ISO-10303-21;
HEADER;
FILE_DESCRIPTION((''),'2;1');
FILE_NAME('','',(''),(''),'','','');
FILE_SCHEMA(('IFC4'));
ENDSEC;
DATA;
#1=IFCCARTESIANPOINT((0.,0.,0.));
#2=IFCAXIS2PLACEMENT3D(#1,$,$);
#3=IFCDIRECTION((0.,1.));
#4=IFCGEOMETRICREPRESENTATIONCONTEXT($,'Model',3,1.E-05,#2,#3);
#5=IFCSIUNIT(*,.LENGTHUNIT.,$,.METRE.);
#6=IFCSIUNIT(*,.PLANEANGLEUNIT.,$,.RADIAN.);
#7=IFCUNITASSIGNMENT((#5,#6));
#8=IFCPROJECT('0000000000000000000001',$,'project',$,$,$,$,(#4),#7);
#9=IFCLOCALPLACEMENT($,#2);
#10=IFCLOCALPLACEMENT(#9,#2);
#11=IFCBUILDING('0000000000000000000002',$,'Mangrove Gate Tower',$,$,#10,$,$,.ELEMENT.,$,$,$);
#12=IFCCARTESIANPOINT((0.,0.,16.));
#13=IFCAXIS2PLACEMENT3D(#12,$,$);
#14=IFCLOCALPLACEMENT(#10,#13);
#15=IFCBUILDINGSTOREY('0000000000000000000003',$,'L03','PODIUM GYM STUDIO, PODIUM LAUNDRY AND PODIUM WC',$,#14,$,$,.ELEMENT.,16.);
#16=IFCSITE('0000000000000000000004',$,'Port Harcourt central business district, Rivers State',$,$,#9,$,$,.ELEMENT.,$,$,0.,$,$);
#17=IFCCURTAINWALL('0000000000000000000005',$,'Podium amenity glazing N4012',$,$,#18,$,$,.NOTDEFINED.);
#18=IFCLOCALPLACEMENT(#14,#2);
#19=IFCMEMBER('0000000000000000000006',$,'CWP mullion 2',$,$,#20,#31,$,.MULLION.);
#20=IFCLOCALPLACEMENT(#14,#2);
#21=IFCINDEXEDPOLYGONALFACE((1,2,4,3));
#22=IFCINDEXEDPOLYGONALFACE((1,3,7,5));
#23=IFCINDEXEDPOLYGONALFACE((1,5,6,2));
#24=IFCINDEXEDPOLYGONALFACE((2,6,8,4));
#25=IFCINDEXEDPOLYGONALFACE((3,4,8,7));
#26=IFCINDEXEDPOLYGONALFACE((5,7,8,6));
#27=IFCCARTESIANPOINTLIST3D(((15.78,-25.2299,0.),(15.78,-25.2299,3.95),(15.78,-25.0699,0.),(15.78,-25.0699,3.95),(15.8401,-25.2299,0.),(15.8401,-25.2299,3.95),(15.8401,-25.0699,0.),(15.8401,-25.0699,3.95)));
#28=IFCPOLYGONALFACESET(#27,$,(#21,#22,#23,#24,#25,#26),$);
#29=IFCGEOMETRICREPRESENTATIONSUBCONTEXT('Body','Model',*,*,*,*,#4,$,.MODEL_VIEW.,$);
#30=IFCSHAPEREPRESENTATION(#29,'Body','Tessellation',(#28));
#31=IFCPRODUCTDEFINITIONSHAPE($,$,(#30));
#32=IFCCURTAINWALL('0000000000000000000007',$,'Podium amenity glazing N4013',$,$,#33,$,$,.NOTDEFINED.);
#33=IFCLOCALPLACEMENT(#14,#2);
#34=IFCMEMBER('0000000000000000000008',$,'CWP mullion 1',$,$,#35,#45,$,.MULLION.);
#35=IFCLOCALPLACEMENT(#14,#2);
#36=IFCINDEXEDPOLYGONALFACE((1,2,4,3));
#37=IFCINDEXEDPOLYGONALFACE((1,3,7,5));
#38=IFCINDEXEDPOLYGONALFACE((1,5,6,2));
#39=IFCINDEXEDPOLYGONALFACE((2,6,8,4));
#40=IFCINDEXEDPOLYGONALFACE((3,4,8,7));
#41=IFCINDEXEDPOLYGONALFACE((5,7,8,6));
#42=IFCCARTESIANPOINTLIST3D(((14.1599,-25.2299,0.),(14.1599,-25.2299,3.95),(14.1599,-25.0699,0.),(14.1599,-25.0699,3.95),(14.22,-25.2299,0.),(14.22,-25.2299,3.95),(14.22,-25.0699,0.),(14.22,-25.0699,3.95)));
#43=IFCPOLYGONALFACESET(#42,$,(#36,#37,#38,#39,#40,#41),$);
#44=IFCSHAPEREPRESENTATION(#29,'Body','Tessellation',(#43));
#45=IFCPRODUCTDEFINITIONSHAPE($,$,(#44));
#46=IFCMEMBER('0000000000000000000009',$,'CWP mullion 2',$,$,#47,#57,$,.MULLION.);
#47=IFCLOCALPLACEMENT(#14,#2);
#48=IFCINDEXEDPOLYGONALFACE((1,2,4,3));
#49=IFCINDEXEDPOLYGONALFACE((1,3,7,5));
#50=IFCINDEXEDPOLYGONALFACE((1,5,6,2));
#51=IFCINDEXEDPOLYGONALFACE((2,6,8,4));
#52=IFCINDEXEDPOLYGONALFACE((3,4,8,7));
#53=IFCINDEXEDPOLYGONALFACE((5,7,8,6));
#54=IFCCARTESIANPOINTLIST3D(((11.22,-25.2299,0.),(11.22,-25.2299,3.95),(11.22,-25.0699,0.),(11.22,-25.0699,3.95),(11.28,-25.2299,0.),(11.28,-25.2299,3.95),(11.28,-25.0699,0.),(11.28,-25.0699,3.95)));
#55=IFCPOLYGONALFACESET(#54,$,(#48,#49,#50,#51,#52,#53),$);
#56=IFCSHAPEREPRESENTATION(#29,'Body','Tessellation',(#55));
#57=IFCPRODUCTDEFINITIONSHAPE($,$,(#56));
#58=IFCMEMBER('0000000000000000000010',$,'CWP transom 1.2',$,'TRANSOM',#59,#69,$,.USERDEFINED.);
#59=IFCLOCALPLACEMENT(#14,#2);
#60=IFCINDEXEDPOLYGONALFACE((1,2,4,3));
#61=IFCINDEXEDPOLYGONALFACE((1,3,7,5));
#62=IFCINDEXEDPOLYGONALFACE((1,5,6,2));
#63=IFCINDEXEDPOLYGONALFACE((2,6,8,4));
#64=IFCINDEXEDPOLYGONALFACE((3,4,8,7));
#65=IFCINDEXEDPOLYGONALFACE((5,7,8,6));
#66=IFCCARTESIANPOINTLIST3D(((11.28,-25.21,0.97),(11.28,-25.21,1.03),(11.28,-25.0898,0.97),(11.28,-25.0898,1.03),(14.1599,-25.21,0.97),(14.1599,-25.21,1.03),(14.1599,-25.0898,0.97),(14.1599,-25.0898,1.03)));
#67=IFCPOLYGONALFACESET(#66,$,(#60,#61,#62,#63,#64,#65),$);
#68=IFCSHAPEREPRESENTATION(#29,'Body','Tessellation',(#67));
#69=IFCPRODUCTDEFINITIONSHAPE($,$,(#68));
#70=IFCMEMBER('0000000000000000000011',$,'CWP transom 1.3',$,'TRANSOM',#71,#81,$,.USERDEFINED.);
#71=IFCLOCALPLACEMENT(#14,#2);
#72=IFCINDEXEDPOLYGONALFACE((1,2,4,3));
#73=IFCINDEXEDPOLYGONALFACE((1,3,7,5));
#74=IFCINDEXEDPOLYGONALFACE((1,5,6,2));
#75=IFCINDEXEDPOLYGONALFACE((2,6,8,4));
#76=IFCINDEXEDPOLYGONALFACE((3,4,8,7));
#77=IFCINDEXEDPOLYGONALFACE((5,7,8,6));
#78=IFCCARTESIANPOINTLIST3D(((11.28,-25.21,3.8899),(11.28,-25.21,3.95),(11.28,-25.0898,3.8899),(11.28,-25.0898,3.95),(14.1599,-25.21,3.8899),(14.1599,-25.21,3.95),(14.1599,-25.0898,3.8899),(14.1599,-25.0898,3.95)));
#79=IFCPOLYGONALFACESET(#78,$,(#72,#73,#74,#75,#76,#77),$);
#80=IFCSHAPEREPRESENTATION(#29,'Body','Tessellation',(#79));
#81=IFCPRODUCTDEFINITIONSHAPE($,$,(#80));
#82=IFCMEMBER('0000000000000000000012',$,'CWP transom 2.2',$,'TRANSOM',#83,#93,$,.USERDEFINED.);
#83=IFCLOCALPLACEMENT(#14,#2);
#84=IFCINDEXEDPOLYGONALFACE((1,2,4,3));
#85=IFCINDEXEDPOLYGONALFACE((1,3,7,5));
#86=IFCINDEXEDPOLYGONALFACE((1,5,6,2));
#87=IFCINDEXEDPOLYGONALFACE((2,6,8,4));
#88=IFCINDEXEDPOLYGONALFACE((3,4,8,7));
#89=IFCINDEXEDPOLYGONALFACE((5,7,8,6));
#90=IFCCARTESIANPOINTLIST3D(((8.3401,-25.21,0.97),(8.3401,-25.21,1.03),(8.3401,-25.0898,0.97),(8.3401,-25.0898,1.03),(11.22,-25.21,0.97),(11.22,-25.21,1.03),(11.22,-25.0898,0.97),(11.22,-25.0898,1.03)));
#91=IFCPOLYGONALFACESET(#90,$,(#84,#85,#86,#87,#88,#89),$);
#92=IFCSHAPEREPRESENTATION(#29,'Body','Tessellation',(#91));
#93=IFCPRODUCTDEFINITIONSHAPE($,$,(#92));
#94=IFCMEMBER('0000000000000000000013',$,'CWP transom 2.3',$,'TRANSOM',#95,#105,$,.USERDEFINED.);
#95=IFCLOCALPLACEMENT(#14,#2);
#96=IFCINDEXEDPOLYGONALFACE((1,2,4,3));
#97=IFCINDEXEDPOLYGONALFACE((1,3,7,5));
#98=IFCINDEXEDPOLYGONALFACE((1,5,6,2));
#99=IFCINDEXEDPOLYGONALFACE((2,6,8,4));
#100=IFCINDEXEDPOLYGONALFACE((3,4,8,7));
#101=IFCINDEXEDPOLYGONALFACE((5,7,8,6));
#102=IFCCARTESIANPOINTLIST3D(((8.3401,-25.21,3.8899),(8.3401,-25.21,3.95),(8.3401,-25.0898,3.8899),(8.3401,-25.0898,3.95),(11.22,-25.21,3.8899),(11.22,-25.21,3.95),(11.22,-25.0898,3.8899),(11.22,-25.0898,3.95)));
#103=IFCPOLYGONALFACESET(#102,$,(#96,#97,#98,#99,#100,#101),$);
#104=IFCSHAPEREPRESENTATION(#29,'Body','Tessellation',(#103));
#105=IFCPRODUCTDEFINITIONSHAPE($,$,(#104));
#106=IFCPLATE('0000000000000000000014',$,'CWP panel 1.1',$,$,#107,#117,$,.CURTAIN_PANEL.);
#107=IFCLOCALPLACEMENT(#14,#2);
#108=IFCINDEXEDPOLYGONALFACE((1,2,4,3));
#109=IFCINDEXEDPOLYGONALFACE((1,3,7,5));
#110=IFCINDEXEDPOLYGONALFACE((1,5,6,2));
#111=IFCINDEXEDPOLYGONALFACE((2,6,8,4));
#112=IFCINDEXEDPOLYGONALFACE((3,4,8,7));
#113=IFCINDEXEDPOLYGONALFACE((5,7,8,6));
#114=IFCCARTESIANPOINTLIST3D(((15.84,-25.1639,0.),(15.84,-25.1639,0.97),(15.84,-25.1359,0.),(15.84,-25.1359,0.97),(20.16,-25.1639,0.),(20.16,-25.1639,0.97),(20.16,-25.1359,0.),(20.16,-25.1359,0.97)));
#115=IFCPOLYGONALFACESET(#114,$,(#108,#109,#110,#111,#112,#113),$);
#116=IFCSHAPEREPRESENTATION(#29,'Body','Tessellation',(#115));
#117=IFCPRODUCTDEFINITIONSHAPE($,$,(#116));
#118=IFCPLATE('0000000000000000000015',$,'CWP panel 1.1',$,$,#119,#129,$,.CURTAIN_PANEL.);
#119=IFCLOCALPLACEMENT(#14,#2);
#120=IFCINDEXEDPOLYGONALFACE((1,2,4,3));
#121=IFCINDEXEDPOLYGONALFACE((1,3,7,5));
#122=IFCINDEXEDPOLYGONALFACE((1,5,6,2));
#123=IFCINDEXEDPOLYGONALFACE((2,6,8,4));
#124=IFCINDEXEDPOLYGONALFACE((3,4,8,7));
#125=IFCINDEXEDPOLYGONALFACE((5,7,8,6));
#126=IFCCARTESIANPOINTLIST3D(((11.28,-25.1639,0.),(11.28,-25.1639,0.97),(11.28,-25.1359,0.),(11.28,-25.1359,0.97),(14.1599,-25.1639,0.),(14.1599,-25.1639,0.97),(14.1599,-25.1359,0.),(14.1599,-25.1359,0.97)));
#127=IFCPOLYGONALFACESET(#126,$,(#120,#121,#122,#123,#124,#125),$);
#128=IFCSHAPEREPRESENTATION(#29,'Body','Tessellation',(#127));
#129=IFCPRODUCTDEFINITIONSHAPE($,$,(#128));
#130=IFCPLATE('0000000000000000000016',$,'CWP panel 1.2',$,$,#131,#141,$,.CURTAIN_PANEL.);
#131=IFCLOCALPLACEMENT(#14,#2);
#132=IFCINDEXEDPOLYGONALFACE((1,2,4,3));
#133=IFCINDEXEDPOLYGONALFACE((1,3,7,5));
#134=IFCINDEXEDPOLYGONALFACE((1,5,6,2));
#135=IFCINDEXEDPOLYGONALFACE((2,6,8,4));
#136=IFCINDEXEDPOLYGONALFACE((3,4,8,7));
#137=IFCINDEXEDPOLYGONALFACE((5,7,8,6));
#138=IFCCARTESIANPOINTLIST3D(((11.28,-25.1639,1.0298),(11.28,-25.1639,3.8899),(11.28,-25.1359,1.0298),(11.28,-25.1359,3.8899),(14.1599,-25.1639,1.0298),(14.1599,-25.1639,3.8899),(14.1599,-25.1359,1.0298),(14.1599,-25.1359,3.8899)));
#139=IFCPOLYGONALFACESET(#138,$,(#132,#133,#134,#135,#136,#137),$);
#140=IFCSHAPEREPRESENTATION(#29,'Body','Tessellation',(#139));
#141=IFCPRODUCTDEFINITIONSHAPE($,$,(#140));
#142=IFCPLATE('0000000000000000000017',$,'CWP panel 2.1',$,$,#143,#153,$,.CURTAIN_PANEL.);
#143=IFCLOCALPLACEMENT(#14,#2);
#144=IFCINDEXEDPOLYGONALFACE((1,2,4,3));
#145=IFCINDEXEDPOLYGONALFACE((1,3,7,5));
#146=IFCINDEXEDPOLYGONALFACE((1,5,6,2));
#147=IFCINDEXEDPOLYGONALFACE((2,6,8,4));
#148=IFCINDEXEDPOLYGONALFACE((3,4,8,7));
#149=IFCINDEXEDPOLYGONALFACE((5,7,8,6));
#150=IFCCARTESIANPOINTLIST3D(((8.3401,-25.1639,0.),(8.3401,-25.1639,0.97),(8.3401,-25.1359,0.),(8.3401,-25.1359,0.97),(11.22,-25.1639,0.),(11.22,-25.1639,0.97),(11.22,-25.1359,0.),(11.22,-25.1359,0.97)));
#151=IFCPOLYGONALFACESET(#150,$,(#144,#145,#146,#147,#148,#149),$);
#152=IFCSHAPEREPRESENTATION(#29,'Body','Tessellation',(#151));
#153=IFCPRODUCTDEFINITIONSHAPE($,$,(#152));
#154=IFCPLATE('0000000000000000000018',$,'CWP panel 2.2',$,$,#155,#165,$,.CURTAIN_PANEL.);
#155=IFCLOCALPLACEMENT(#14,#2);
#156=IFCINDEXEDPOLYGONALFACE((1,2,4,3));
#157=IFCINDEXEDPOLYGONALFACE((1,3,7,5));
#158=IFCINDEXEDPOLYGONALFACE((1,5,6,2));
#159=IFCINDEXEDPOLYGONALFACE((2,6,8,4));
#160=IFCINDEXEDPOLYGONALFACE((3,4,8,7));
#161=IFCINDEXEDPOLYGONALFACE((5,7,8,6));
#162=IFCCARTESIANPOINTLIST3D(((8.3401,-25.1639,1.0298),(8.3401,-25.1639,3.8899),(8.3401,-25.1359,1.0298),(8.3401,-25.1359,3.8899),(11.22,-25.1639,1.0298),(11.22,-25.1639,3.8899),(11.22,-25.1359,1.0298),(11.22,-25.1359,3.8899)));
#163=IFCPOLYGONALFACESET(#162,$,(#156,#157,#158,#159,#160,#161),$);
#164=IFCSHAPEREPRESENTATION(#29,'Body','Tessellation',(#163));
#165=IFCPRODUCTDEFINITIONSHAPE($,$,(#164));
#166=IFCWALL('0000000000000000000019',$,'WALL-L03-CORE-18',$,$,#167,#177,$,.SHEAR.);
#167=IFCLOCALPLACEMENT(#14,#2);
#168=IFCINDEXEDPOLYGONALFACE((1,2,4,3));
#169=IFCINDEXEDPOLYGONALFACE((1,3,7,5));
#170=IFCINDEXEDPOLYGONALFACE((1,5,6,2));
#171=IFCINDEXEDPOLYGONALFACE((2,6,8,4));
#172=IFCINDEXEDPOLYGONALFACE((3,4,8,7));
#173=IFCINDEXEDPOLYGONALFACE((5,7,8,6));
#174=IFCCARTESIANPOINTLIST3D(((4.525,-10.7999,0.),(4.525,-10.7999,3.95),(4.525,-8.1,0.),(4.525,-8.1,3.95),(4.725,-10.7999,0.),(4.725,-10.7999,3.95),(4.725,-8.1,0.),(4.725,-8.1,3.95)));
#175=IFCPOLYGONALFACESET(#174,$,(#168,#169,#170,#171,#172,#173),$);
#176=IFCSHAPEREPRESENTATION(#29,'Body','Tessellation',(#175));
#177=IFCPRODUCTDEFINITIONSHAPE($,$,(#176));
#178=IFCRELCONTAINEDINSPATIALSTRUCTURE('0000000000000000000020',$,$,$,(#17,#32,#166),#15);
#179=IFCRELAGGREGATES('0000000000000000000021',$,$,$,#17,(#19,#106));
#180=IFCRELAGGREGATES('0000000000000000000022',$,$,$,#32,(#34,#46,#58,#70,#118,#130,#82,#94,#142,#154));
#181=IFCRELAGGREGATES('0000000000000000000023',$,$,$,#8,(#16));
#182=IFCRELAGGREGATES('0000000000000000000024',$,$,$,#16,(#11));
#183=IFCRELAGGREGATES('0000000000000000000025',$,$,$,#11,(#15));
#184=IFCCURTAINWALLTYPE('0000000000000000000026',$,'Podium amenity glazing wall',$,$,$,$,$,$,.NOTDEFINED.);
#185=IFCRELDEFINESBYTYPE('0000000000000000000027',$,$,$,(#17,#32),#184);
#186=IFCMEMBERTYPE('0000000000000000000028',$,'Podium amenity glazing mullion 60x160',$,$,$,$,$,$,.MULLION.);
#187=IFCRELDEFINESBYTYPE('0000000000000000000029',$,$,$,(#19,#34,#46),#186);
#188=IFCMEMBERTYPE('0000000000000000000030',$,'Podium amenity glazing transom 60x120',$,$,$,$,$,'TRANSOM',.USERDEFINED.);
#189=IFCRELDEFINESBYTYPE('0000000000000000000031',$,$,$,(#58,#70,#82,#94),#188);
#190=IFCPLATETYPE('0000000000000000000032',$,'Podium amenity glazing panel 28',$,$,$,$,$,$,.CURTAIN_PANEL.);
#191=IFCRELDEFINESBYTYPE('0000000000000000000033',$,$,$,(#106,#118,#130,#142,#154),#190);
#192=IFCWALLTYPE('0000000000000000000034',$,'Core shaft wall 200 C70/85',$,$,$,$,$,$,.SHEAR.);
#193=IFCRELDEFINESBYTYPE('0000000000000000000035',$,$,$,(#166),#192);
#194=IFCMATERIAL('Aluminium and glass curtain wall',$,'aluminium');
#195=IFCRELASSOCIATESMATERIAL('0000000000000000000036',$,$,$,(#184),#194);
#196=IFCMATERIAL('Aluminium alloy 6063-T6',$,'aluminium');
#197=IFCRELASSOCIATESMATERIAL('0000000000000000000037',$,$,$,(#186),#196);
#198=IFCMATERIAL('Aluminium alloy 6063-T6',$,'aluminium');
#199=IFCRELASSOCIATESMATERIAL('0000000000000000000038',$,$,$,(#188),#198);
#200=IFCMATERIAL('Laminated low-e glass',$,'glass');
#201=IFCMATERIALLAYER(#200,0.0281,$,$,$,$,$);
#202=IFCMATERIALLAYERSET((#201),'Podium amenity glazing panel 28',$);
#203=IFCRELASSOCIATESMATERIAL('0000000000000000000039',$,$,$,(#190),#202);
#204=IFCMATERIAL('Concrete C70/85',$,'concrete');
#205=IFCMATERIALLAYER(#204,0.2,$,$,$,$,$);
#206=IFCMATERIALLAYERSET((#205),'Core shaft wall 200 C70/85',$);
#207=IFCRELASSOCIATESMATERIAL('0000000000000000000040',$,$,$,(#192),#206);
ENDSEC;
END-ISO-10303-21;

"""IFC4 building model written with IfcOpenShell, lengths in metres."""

from ifc_helpers import new_model, si_unit, direction, frame, frame_2d, origin, origin_2d, place, context, subcontext, project, spatial, rectangle, extrude, material, layer, layer_set, material_profile, profile_set, type_object, element, aggregate, save


model = new_model("IFC4")

# Units and contexts
model_context = context("Model", 3, precision=1e-05, world=origin(), true_north=direction((0.0, 1.0)))
body_context = subcontext(model_context, "Body", "Model", "MODEL_VIEW")
ifc_project = project(units=[si_unit("LENGTHUNIT", "METRE"), si_unit("PLANEANGLEUNIT", "RADIAN")], contexts=[model_context])

# Site, building, storey
site_placement = place(None, origin())
site = spatial("IfcSite", under=ifc_project, at=site_placement, Name="Port Harcourt central business district, Rivers State", CompositionType="ELEMENT", RefElevation=0.0)
building_placement = place(site_placement, origin())
building = spatial("IfcBuilding", under=site, at=building_placement, Name="Mangrove Gate Tower", CompositionType="ELEMENT")
storey_placement = place(building_placement, frame((0.0, 0.0, 16.0)))
storey = spatial("IfcBuildingStorey", under=building, at=storey_placement, Name="L03", Description="PODIUM GYM STUDIO, PODIUM LAUNDRY AND PODIUM WC", CompositionType="ELEMENT", Elevation=16.0)

# Curtain wall, member
ifc_material_1 = material(Name="Aluminium and glass curtain wall", Category="aluminium")
curtain_wall_type = type_object("IfcCurtainWallType", Name="Podium amenity glazing wall", PredefinedType="NOTDEFINED", material=ifc_material_1)
curtain_wall_1_placement = place(storey_placement, origin())
curtain_wall_1 = element("IfcCurtainWall", 1, at=curtain_wall_1_placement, inside=storey, type_object=curtain_wall_type, Name="Podium amenity glazing N4012", PredefinedType="NOTDEFINED")
ifc_material_2 = material(Name="Aluminium alloy 6063-T6", Category="aluminium")
ifc_material_profile_1 = material_profile(ifc_material_2, rectangle(XDim=0.0601, YDim=0.1599, at=origin_2d()))
ifc_profile_set_1 = profile_set([ifc_material_profile_1], Name="Aluminium alloy 6063-T6")
member_type_1 = type_object("IfcMemberType", Name="Podium amenity glazing mullion 60x160", PredefinedType="MULLION", material=ifc_profile_set_1)
member_1_placement = place(storey_placement, frame((15.8101, -25.1499, 0.0), z_axis=(0.0, 0.0, 1.0), x_axis=(-1.0, 0.0, 0.0)))
member_1 = element("IfcMember", 2, at=member_1_placement, type_object=member_type_1, Name="CWP mullion 2", PredefinedType="MULLION", context=body_context, shape_type="SweptSolid", body=[
    extrude(rectangle(XDim=0.0601, YDim=0.1599, at=origin_2d()), origin(), (0.0, 0.0, 1.0), 3.95),
])

# Curtain wall, members
curtain_wall_2_placement = place(storey_placement, origin())
curtain_wall_2 = element("IfcCurtainWall", 3, at=curtain_wall_2_placement, inside=storey, type_object=curtain_wall_type, Name="Podium amenity glazing N4013", PredefinedType="NOTDEFINED")
member_2_placement = place(storey_placement, frame((14.1899, -25.1499, 0.0), z_axis=(0.0, 0.0, 1.0), x_axis=(-1.0, 0.0, 0.0)))
member_2 = element("IfcMember", 4, at=member_2_placement, type_object=member_type_1, Name="CWP mullion 1", PredefinedType="MULLION", context=body_context, shape_type="SweptSolid", body=[
    extrude(rectangle(XDim=0.0601, YDim=0.1599, at=origin_2d()), origin(), (0.0, 0.0, 1.0), 3.95),
])
member_3_placement = place(storey_placement, frame((11.25, -25.1499, 0.0), z_axis=(0.0, 0.0, 1.0), x_axis=(-1.0, 0.0, 0.0)))
member_3 = element("IfcMember", 5, at=member_3_placement, type_object=member_type_1, Name="CWP mullion 2", PredefinedType="MULLION", context=body_context, shape_type="SweptSolid", body=[
    extrude(rectangle(XDim=0.0601, YDim=0.1599, at=origin_2d()), origin(), (0.0, 0.0, 1.0), 3.95),
])
ifc_material_3 = material(Name="Aluminium alloy 6063-T6", Category="aluminium")
ifc_material_profile_2 = material_profile(ifc_material_3, rectangle(XDim=0.0601, YDim=0.1201, at=origin_2d()))
ifc_profile_set_2 = profile_set([ifc_material_profile_2], Name="Aluminium alloy 6063-T6")
member_type_2 = type_object("IfcMemberType", Name="Podium amenity glazing transom 60x120", ElementType="TRANSOM", PredefinedType="USERDEFINED", material=ifc_profile_set_2)
member_4_placement = place(storey_placement, frame((14.1599, -25.1499, 1.0), z_axis=(-1.0, 0.0, 0.0), x_axis=(0.0, 0.0, 1.0)))
member_4 = element("IfcMember", 6, at=member_4_placement, type_object=member_type_2, Name="CWP transom 1.2", ObjectType="TRANSOM", PredefinedType="USERDEFINED", context=body_context, shape_type="SweptSolid", body=[
    extrude(rectangle(XDim=0.0601, YDim=0.1201, at=origin_2d()), origin(), (0.0, 0.0, 1.0), 2.8799),
])
member_5_placement = place(storey_placement, frame((14.1599, -25.1499, 3.9199), z_axis=(-1.0, 0.0, 0.0), x_axis=(0.0, 0.0, 1.0)))
member_5 = element("IfcMember", 7, at=member_5_placement, type_object=member_type_2, Name="CWP transom 1.3", ObjectType="TRANSOM", PredefinedType="USERDEFINED", context=body_context, shape_type="SweptSolid", body=[
    extrude(rectangle(XDim=0.0601, YDim=0.1201, at=origin_2d()), origin(), (0.0, 0.0, 1.0), 2.8799),
])
member_6_placement = place(storey_placement, frame((11.22, -25.1499, 1.0), z_axis=(-1.0, 0.0, 0.0), x_axis=(0.0, 0.0, 1.0)))
member_6 = element("IfcMember", 8, at=member_6_placement, type_object=member_type_2, Name="CWP transom 2.2", ObjectType="TRANSOM", PredefinedType="USERDEFINED", context=body_context, shape_type="SweptSolid", body=[
    extrude(rectangle(XDim=0.0601, YDim=0.1201, at=origin_2d()), origin(), (0.0, 0.0, 1.0), 2.8799),
])
member_7_placement = place(storey_placement, frame((11.22, -25.1499, 3.9199), z_axis=(-1.0, 0.0, 0.0), x_axis=(0.0, 0.0, 1.0)))
member_7 = element("IfcMember", 9, at=member_7_placement, type_object=member_type_2, Name="CWP transom 2.3", ObjectType="TRANSOM", PredefinedType="USERDEFINED", context=body_context, shape_type="SweptSolid", body=[
    extrude(rectangle(XDim=0.0601, YDim=0.1201, at=origin_2d()), origin(), (0.0, 0.0, 1.0), 2.8799),
])

# Plates
ifc_material_4 = material(Name="Laminated low-e glass", Category="glass")
ifc_layer_1 = layer(ifc_material_4, 0.0281)
ifc_layer_set_1 = layer_set([ifc_layer_1], Name="Podium amenity glazing panel 28")
plate_type = type_object("IfcPlateType", Name="Podium amenity glazing panel 28", PredefinedType="CURTAIN_PANEL", material=ifc_layer_set_1)
plate_1_placement = place(storey_placement, frame((18.0, -25.1499, 0.0), z_axis=(0.0, 0.0, 1.0), x_axis=(-1.0, 0.0, 0.0)))
plate_1 = element("IfcPlate", 10, at=plate_1_placement, type_object=plate_type, Name="CWP panel 1.1", PredefinedType="CURTAIN_PANEL", context=body_context, shape_type="SweptSolid", body=[
    extrude(rectangle(XDim=4.3201, YDim=0.0281, at=origin_2d()), origin(), (0.0, 0.0, 1.0), 0.97),
])
aggregate(curtain_wall_1, [member_1, plate_1])
plate_2_placement = place(storey_placement, frame((12.72, -25.1499, 0.0), z_axis=(0.0, 0.0, 1.0), x_axis=(-1.0, 0.0, 0.0)))
plate_2 = element("IfcPlate", 11, at=plate_2_placement, type_object=plate_type, Name="CWP panel 1.1", PredefinedType="CURTAIN_PANEL", context=body_context, shape_type="SweptSolid", body=[
    extrude(rectangle(XDim=2.8799, YDim=0.0281, at=origin_2d()), origin(), (0.0, 0.0, 1.0), 0.97),
])
plate_3_placement = place(storey_placement, frame((12.72, -25.1499, 1.0298), z_axis=(0.0, 0.0, 1.0), x_axis=(-1.0, 0.0, 0.0)))
plate_3 = element("IfcPlate", 12, at=plate_3_placement, type_object=plate_type, Name="CWP panel 1.2", PredefinedType="CURTAIN_PANEL", context=body_context, shape_type="SweptSolid", body=[
    extrude(rectangle(XDim=2.8799, YDim=0.0281, at=origin_2d()), origin(), (0.0, 0.0, 1.0), 2.8601),
])
plate_4_placement = place(storey_placement, frame((9.78, -25.1499, 0.0), z_axis=(0.0, 0.0, 1.0), x_axis=(-1.0, 0.0, 0.0)))
plate_4 = element("IfcPlate", 13, at=plate_4_placement, type_object=plate_type, Name="CWP panel 2.1", PredefinedType="CURTAIN_PANEL", context=body_context, shape_type="SweptSolid", body=[
    extrude(rectangle(XDim=2.8799, YDim=0.0281, at=origin_2d()), origin(), (0.0, 0.0, 1.0), 0.97),
])
plate_5_placement = place(storey_placement, frame((9.78, -25.1499, 1.0298), z_axis=(0.0, 0.0, 1.0), x_axis=(-1.0, 0.0, 0.0)))
plate_5 = element("IfcPlate", 14, at=plate_5_placement, type_object=plate_type, Name="CWP panel 2.2", PredefinedType="CURTAIN_PANEL", context=body_context, shape_type="SweptSolid", body=[
    extrude(rectangle(XDim=2.8799, YDim=0.0281, at=origin_2d()), origin(), (0.0, 0.0, 1.0), 2.8601),
])
aggregate(curtain_wall_2, [member_2, member_3, member_4, member_5, plate_2, plate_3, member_6, member_7, plate_4, plate_5])

# Wall
ifc_material_5 = material(Name="Concrete C70/85", Category="concrete")
ifc_layer_2 = layer(ifc_material_5, 0.2)
ifc_layer_set_2 = layer_set([ifc_layer_2], Name="Core shaft wall 200 C70/85")
wall_type_1 = type_object("IfcWallType", Name="Core shaft wall 200 C70/85", PredefinedType="SHEAR", material=ifc_layer_set_2)
wall_1_placement = place(storey_placement, frame((4.625, -10.8, 0.0), z_axis=(0.0, 0.0, 1.0), x_axis=(0.0, 1.0, 0.0)))
element("IfcWall", 15, at=wall_1_placement, inside=storey, type_object=wall_type_1, Name="WALL-L03-CORE-18", PredefinedType="SHEAR", context=body_context, shape_type="SweptSolid", body=[
    extrude(rectangle(XDim=2.7, YDim=0.2, at=frame_2d((1.3501, 0.0))), origin(), (0.0, 0.0, 1.0), 3.95),
])

save(model, "model.ifc")
